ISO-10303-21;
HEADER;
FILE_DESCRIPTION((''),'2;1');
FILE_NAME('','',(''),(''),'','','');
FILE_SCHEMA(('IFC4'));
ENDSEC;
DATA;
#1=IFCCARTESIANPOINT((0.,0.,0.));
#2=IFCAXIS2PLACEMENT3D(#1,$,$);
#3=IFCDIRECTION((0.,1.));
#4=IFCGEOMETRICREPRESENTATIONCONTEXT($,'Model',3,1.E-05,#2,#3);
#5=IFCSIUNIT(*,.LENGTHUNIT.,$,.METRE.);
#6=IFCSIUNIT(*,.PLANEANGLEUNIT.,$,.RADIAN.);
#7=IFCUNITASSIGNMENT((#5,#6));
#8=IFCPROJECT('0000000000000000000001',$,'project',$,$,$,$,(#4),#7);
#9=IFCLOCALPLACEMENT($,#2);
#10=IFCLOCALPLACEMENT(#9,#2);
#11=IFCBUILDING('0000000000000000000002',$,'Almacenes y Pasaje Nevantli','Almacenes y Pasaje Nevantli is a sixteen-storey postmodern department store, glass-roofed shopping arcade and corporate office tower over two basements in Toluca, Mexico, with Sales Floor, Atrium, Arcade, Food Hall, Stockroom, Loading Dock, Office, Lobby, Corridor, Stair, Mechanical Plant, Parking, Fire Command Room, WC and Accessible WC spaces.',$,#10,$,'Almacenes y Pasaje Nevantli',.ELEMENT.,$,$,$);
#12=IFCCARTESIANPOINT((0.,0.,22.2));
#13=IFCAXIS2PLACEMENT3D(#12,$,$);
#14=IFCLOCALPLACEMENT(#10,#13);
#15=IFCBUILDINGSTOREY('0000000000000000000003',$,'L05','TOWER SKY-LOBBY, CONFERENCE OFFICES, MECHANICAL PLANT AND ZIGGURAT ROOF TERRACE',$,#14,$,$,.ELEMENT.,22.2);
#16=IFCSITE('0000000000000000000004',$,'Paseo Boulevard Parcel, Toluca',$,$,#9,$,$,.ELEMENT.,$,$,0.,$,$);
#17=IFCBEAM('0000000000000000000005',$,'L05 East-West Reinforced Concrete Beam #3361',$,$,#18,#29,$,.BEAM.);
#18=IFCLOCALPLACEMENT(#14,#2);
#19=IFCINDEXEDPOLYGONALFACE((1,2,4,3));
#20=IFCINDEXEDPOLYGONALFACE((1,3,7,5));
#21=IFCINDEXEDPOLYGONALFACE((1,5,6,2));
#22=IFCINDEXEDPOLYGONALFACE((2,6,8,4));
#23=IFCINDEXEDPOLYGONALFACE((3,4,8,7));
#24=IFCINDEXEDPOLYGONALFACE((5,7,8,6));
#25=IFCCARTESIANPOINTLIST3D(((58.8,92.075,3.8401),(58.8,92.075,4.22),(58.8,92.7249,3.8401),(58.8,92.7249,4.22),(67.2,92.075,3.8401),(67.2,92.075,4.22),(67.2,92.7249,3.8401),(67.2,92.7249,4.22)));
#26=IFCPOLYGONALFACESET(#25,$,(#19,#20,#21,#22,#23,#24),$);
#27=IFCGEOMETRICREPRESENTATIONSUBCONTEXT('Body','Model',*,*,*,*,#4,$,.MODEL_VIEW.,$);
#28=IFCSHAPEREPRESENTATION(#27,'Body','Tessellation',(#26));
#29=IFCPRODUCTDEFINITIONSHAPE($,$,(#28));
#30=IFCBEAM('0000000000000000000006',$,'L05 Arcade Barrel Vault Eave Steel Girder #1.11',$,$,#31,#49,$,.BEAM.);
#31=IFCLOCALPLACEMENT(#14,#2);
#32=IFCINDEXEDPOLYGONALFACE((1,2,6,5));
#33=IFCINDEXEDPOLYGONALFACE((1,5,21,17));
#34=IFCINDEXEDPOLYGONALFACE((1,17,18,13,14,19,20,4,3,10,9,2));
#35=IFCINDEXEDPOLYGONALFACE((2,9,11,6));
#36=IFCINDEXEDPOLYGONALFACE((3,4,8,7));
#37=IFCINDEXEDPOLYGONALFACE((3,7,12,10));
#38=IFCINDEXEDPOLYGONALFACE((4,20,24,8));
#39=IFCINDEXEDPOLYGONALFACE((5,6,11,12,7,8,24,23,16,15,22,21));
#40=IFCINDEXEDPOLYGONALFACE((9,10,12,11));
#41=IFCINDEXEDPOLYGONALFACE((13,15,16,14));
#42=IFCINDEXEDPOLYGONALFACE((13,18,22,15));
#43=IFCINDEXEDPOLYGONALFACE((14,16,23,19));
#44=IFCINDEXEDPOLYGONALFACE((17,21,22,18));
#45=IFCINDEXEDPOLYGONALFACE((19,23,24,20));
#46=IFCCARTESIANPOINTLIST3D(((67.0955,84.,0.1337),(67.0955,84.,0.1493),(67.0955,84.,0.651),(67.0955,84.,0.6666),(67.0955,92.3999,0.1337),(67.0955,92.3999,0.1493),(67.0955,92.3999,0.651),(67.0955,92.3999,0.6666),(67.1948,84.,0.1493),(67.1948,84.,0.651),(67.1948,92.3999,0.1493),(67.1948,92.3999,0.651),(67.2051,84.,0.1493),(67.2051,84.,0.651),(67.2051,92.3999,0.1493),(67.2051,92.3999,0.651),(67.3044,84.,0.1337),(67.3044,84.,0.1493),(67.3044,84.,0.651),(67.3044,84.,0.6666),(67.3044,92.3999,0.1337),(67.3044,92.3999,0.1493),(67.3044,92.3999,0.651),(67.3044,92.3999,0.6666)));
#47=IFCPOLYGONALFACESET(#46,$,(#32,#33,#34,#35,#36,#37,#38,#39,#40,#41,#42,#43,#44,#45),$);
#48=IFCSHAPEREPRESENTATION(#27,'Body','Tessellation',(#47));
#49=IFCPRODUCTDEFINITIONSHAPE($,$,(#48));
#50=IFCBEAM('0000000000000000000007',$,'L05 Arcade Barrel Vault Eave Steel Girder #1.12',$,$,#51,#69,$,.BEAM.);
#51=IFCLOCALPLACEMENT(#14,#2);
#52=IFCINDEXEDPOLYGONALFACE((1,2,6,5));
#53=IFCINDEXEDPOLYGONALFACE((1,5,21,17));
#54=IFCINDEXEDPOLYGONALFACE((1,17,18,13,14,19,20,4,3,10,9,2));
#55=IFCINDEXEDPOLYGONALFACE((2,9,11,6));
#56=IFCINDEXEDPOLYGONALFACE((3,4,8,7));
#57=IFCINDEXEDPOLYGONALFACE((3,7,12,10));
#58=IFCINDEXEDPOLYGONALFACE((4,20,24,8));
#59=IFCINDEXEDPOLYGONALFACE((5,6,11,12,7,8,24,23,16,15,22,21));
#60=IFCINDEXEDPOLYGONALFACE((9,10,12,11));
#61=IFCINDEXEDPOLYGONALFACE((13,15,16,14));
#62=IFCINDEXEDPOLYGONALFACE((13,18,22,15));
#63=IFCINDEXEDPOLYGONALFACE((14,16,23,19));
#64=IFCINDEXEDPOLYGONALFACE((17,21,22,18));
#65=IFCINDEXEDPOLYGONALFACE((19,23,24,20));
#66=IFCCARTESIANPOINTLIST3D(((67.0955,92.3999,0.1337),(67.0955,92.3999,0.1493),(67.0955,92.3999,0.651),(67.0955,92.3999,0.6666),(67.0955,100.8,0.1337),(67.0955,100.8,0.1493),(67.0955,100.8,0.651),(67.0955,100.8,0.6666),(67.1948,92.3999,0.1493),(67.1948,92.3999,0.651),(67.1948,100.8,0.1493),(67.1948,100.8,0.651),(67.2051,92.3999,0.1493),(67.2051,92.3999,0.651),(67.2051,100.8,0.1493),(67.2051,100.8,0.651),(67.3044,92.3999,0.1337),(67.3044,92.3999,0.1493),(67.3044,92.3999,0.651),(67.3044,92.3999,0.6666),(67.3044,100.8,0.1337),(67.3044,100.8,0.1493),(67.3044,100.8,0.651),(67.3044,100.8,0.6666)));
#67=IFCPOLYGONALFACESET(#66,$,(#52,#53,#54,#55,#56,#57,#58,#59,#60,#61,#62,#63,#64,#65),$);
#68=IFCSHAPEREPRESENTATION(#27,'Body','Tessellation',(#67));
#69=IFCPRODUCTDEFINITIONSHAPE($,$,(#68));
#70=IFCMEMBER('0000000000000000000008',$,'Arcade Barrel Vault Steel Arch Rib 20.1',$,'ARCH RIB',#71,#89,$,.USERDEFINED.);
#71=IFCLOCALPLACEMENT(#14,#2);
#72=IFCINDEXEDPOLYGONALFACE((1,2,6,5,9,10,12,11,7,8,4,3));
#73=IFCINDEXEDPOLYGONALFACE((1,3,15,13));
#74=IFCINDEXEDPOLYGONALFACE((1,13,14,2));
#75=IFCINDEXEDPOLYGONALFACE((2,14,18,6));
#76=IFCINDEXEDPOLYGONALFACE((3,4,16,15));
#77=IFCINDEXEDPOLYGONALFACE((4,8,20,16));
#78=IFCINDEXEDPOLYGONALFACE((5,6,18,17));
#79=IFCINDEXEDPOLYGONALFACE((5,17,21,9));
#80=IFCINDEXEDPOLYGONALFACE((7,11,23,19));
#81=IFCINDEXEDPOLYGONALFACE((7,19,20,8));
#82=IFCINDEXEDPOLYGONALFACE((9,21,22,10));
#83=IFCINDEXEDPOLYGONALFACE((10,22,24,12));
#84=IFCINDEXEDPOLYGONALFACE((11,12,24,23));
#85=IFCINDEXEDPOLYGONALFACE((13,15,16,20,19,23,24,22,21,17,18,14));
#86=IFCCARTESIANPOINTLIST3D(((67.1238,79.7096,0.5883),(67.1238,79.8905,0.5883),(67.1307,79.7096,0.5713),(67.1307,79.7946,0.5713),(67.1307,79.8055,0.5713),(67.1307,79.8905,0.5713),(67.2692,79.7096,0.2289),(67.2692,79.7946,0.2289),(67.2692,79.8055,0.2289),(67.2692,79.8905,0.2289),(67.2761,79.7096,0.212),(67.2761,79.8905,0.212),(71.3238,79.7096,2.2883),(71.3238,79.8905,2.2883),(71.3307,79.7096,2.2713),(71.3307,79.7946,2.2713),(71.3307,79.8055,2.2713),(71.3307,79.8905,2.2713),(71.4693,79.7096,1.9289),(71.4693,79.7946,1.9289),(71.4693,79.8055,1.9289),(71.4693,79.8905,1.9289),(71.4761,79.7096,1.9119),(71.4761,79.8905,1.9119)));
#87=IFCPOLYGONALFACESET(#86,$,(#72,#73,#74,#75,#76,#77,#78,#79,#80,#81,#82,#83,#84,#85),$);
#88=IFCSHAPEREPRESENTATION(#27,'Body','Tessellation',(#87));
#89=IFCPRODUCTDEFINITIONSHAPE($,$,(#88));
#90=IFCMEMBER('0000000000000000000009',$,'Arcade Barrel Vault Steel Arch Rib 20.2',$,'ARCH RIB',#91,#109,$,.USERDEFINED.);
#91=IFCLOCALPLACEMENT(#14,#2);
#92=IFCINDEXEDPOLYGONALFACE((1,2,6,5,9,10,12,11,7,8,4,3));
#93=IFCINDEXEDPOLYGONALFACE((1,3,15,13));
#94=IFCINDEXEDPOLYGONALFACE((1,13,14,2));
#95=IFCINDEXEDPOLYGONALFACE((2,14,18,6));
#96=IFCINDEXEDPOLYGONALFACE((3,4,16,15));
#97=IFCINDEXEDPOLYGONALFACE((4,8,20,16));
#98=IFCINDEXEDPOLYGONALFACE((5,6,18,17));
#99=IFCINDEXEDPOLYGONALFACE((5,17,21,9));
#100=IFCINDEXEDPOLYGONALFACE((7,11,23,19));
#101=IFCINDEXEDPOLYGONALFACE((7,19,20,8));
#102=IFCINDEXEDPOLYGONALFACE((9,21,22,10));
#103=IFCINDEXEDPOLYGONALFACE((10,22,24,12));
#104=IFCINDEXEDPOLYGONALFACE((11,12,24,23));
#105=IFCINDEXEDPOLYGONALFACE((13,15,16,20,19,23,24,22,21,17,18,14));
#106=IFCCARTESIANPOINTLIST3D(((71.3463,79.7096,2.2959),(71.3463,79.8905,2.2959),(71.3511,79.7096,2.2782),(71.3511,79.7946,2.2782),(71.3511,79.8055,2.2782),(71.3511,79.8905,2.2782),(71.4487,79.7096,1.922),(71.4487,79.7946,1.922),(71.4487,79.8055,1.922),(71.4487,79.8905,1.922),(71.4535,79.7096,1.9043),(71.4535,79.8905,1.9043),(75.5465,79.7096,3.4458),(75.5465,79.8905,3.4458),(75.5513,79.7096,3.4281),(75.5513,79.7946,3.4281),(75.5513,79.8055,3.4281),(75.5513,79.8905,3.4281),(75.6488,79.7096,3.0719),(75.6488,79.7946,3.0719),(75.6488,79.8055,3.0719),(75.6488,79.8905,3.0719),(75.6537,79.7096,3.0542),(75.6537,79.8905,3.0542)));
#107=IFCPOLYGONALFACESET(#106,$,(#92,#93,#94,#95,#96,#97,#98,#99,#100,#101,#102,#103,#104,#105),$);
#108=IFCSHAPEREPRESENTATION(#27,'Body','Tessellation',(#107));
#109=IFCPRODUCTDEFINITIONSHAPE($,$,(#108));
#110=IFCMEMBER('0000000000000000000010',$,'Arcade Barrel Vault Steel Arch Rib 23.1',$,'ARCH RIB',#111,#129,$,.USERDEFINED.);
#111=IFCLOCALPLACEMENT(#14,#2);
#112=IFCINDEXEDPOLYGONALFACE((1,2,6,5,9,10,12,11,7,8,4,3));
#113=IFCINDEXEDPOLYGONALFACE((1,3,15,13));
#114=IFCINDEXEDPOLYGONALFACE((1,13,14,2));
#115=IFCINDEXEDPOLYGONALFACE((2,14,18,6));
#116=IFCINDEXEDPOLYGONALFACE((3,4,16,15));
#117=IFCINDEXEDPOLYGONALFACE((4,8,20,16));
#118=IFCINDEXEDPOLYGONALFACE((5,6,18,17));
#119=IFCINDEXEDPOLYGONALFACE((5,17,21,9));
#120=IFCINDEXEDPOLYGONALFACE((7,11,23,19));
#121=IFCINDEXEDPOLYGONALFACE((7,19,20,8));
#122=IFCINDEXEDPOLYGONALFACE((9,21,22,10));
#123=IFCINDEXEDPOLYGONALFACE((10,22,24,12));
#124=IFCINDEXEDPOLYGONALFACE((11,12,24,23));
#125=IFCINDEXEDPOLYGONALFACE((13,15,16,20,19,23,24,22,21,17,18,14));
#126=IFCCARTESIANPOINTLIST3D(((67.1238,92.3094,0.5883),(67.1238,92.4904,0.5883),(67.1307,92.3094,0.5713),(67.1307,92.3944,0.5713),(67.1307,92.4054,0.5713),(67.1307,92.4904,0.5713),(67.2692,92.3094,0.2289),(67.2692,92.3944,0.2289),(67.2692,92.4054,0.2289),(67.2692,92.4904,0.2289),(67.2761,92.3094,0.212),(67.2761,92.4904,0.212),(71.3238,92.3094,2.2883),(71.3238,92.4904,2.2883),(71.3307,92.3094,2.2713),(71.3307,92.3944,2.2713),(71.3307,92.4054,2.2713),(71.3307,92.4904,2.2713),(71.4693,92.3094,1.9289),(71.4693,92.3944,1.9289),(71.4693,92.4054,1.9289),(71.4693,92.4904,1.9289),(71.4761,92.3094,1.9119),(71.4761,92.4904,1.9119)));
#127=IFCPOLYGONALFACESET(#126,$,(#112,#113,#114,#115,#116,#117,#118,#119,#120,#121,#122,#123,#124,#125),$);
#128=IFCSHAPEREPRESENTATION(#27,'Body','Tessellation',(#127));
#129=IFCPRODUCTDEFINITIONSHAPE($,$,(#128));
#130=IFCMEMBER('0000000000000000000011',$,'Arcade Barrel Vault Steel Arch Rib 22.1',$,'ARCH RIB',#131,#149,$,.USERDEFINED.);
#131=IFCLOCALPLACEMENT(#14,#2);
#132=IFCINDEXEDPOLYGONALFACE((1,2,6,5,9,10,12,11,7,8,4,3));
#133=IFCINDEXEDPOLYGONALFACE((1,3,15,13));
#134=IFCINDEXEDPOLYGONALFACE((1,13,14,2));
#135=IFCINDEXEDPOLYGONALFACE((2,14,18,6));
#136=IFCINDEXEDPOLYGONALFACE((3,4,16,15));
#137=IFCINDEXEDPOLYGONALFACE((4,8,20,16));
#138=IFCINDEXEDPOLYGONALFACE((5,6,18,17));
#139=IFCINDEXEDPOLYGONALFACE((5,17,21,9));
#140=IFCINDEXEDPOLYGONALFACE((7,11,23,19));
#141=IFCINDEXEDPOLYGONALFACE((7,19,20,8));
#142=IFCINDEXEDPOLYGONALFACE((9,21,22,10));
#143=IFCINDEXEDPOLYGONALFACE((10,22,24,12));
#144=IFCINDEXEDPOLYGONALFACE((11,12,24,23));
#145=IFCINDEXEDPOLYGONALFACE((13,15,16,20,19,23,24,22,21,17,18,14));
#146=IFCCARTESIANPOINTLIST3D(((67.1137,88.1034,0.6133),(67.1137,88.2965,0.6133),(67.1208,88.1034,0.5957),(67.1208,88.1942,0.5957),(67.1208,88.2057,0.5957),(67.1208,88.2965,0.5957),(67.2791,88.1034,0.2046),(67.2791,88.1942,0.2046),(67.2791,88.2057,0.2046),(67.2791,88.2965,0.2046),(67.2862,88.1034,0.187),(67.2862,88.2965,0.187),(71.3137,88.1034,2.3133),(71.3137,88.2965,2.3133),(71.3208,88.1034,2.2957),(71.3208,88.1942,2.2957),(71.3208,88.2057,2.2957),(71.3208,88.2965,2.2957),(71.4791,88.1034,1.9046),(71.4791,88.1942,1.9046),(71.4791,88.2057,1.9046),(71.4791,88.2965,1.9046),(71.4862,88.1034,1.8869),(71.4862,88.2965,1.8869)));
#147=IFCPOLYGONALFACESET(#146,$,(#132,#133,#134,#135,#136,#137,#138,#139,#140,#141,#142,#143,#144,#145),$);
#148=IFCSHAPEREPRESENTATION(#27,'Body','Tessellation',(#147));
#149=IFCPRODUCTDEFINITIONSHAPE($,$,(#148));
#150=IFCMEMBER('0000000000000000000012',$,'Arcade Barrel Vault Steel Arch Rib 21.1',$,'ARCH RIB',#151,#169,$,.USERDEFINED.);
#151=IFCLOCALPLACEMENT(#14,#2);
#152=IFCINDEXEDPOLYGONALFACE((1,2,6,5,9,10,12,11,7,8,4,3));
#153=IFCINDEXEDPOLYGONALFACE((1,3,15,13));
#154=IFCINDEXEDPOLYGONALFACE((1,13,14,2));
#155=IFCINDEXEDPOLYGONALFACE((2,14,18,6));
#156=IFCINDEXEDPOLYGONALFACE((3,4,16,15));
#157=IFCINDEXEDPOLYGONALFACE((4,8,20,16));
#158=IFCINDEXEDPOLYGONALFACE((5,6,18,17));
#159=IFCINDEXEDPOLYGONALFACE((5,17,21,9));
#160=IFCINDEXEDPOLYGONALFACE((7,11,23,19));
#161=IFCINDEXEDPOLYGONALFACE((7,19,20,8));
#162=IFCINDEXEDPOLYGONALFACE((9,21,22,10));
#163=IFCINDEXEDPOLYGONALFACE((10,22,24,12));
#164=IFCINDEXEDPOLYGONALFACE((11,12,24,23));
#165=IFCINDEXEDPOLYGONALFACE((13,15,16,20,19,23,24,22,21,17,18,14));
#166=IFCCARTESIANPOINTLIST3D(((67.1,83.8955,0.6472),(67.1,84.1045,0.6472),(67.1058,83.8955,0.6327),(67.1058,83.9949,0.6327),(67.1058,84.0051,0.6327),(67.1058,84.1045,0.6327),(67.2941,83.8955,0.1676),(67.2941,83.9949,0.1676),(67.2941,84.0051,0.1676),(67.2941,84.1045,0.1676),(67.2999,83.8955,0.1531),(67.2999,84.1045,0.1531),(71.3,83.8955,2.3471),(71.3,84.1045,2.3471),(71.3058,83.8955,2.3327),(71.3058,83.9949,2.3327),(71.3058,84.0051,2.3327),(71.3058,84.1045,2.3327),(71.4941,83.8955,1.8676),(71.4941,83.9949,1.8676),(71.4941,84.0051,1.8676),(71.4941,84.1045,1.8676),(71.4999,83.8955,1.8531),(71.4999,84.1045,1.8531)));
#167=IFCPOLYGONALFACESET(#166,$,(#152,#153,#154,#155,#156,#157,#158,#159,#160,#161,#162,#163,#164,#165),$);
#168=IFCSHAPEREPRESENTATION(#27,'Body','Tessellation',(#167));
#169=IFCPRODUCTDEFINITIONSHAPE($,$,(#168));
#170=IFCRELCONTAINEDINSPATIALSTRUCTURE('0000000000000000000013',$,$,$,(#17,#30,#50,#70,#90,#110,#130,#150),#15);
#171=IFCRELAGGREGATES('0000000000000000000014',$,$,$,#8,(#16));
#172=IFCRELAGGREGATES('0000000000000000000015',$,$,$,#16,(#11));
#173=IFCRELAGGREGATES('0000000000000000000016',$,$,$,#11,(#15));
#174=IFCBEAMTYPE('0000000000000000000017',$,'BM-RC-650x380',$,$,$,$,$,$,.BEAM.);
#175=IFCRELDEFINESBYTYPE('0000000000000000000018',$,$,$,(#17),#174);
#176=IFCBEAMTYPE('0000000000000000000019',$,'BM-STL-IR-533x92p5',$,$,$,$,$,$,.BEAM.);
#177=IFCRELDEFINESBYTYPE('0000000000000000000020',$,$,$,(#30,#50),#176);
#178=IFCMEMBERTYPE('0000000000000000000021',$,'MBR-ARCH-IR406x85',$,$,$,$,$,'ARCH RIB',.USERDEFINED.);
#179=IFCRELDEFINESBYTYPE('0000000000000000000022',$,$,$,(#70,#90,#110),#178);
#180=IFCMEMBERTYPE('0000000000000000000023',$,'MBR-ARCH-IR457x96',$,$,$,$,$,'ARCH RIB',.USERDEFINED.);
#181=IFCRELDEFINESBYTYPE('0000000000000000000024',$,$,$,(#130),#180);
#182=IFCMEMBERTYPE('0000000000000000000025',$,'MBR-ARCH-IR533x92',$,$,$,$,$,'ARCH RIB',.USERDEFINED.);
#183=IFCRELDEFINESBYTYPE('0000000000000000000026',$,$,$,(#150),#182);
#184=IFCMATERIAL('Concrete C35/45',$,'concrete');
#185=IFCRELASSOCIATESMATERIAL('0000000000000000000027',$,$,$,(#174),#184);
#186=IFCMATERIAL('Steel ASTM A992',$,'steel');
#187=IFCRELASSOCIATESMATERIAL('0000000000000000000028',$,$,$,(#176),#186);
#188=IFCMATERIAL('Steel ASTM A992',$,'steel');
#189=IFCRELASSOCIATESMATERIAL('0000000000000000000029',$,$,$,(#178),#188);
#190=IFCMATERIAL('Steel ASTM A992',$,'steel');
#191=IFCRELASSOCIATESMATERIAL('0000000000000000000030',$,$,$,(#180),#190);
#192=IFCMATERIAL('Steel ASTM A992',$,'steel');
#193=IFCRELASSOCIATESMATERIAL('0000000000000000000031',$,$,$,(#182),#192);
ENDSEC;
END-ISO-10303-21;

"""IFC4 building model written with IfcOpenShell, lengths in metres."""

from ifc_helpers import new_model, si_unit, direction, frame, origin, origin_2d, place, context, subcontext, project, spatial, rectangle, i_section, extrude, material, material_profile, profile_set, type_object, element, save


model = new_model("IFC4")

# Units and contexts
model_context = context("Model", 3, precision=1e-05, world=origin(), true_north=direction((0.0, 1.0)))
body_context = subcontext(model_context, "Body", "Model", "MODEL_VIEW")
ifc_project = project(units=[si_unit("LENGTHUNIT", "METRE"), si_unit("PLANEANGLEUNIT", "RADIAN")], contexts=[model_context])

# Site, building, storey
site_placement = place(None, origin())
site = spatial("IfcSite", under=ifc_project, at=site_placement, Name="Paseo Boulevard Parcel, Toluca", CompositionType="ELEMENT", RefElevation=0.0)
building_placement = place(site_placement, origin())
building = spatial("IfcBuilding", under=site, at=building_placement, Name="Almacenes y Pasaje Nevantli", Description="Almacenes y Pasaje Nevantli is a sixteen-storey postmodern department store, glass-roofed shopping arcade and corporate office tower over two basements in Toluca, Mexico, with Sales Floor, Atrium, Arcade, Food Hall, Stockroom, Loading Dock, Office, Lobby, Corridor, Stair, Mechanical Plant, Parking, Fire Command Room, WC and Accessible WC spaces.", LongName="Almacenes y Pasaje Nevantli", CompositionType="ELEMENT")
storey_placement = place(building_placement, frame((0.0, 0.0, 22.2)))
storey = spatial("IfcBuildingStorey", under=building, at=storey_placement, Name="L05", Description="TOWER SKY-LOBBY, CONFERENCE OFFICES, MECHANICAL PLANT AND ZIGGURAT ROOF TERRACE", CompositionType="ELEMENT", Elevation=22.2)

# Beams
ifc_material_1 = material(Name="Concrete C35/45", Category="concrete")
ifc_material_profile_1 = material_profile(ifc_material_1, rectangle(XDim=0.6499, YDim=0.3799, at=origin_2d()), Name="RC-BM-650x380")
ifc_profile_set_1 = profile_set([ifc_material_profile_1], Name="Concrete C35/45")
beam_type_1 = type_object("IfcBeamType", Name="BM-RC-650x380", PredefinedType="BEAM", material=ifc_profile_set_1)
beam_1_placement = place(storey_placement, frame((58.8, 92.3999, 4.03), z_axis=(1.0, 0.0, 0.0), x_axis=(0.0, 1.0, 0.0)))
element("IfcBeam", 1, at=beam_1_placement, inside=storey, type_object=beam_type_1, Name="L05 East-West Reinforced Concrete Beam #3361", PredefinedType="BEAM", context=body_context, shape_type="SweptSolid", body=[
    extrude(rectangle(XDim=0.6499, YDim=0.3799, at=origin_2d()), origin(), (0.0, 0.0, 1.0), 8.3999),
])
ifc_material_2 = material(Name="Steel ASTM A992", Category="steel")
ifc_material_profile_2 = material_profile(ifc_material_2, i_section(OverallWidth=0.209, OverallDepth=0.533, WebThickness=0.0103, FlangeThickness=0.0156, at=origin_2d()), Name="IR 533x92.5")
ifc_profile_set_2 = profile_set([ifc_material_profile_2], Name="Steel ASTM A992")
beam_type_2 = type_object("IfcBeamType", Name="BM-STL-IR-533x92p5", PredefinedType="BEAM", material=ifc_profile_set_2)
beam_2_placement = place(storey_placement, frame((67.2, 84.0, 0.4001), z_axis=(0.0, 1.0, 0.0), x_axis=(-1.0, 0.0, 0.0)))
element("IfcBeam", 2, at=beam_2_placement, inside=storey, type_object=beam_type_2, Name="L05 Arcade Barrel Vault Eave Steel Girder #1.11", PredefinedType="BEAM", context=body_context, shape_type="SweptSolid", body=[
    extrude(i_section(OverallWidth=0.209, OverallDepth=0.533, WebThickness=0.0103, FlangeThickness=0.0156, at=origin_2d()), origin(), (0.0, 0.0, 1.0), 8.3999),
])
beam_3_placement = place(storey_placement, frame((67.2, 92.3999, 0.4001), z_axis=(0.0, 1.0, 0.0), x_axis=(-1.0, 0.0, 0.0)))
element("IfcBeam", 3, at=beam_3_placement, inside=storey, type_object=beam_type_2, Name="L05 Arcade Barrel Vault Eave Steel Girder #1.12", PredefinedType="BEAM", context=body_context, shape_type="SweptSolid", body=[
    extrude(i_section(OverallWidth=0.209, OverallDepth=0.533, WebThickness=0.0103, FlangeThickness=0.0156, at=origin_2d()), origin(), (0.0, 0.0, 1.0), 8.4001),
])

# Members
ifc_material_3 = material(Name="Steel ASTM A992", Category="steel")
ifc_material_profile_3 = material_profile(ifc_material_3, i_section(OverallWidth=0.1809, OverallDepth=0.406, WebThickness=0.011, FlangeThickness=0.0183, at=origin_2d()), Name="IR 406x85.0")
ifc_profile_set_3 = profile_set([ifc_material_profile_3], Name="Steel ASTM A992")
member_type_1 = type_object("IfcMemberType", Name="MBR-ARCH-IR406x85", ElementType="ARCH RIB", PredefinedType="USERDEFINED", material=ifc_profile_set_3)
member_1_placement = place(storey_placement, frame((67.2, 79.8, 0.4001), z_axis=(0.926949, 0.0, 0.375187), x_axis=(0.0, 1.0, 0.0)))
element("IfcMember", 4, at=member_1_placement, inside=storey, type_object=member_type_1, Name="Arcade Barrel Vault Steel Arch Rib 20.1", ObjectType="ARCH RIB", PredefinedType="USERDEFINED", context=body_context, shape_type="SweptSolid", body=[
    extrude(i_section(OverallWidth=0.1809, OverallDepth=0.406, WebThickness=0.011, FlangeThickness=0.0183, at=origin_2d()), origin(), (0.0, 0.0, 1.0), 4.531),
])
member_2_placement = place(storey_placement, frame((71.3999, 79.8, 2.1001), z_axis=(0.964507, 0.0, 0.264057), x_axis=(0.0, 1.0, 0.0)))
element("IfcMember", 5, at=member_2_placement, inside=storey, type_object=member_type_1, Name="Arcade Barrel Vault Steel Arch Rib 20.2", ObjectType="ARCH RIB", PredefinedType="USERDEFINED", context=body_context, shape_type="SweptSolid", body=[
    extrude(i_section(OverallWidth=0.1809, OverallDepth=0.406, WebThickness=0.011, FlangeThickness=0.0183, at=origin_2d()), origin(), (0.0, 0.0, 1.0), 4.3547),
])
member_3_placement = place(storey_placement, frame((67.2, 92.3999, 0.4001), z_axis=(0.926949, 0.0, 0.375187), x_axis=(0.0, 1.0, 0.0)))
element("IfcMember", 6, at=member_3_placement, inside=storey, type_object=member_type_1, Name="Arcade Barrel Vault Steel Arch Rib 23.1", ObjectType="ARCH RIB", PredefinedType="USERDEFINED", context=body_context, shape_type="SweptSolid", body=[
    extrude(i_section(OverallWidth=0.1809, OverallDepth=0.406, WebThickness=0.011, FlangeThickness=0.0183, at=origin_2d()), origin(), (0.0, 0.0, 1.0), 4.531),
])
ifc_material_4 = material(Name="Steel ASTM A992", Category="steel")
ifc_material_profile_4 = material_profile(ifc_material_4, i_section(OverallWidth=0.1931, OverallDepth=0.46, WebThickness=0.0115, FlangeThickness=0.019, at=origin_2d()), Name="IR 457x96.7")
ifc_profile_set_4 = profile_set([ifc_material_profile_4], Name="Steel ASTM A992")
member_type_2 = type_object("IfcMemberType", Name="MBR-ARCH-IR457x96", ElementType="ARCH RIB", PredefinedType="USERDEFINED", material=ifc_profile_set_4)
member_4_placement = place(storey_placement, frame((67.2, 88.2, 0.4001), z_axis=(0.926949, 0.0, 0.375187), x_axis=(0.0, 1.0, 0.0)))
element("IfcMember", 7, at=member_4_placement, inside=storey, type_object=member_type_2, Name="Arcade Barrel Vault Steel Arch Rib 22.1", ObjectType="ARCH RIB", PredefinedType="USERDEFINED", context=body_context, shape_type="SweptSolid", body=[
    extrude(i_section(OverallWidth=0.1931, OverallDepth=0.46, WebThickness=0.0115, FlangeThickness=0.019, at=origin_2d()), origin(), (0.0, 0.0, 1.0), 4.531),
])
ifc_material_5 = material(Name="Steel ASTM A992", Category="steel")
ifc_material_profile_5 = material_profile(ifc_material_5, i_section(OverallWidth=0.209, OverallDepth=0.533, WebThickness=0.0103, FlangeThickness=0.0156, at=origin_2d()), Name="IR 533x92.5")
ifc_profile_set_5 = profile_set([ifc_material_profile_5], Name="Steel ASTM A992")
member_type_3 = type_object("IfcMemberType", Name="MBR-ARCH-IR533x92", ElementType="ARCH RIB", PredefinedType="USERDEFINED", material=ifc_profile_set_5)
for number, where, z_axis, x_axis, name in (
    (8, (67.2, 84.0, 0.4001), (0.926949, 0.0, 0.375187), (0.0, 1.0, 0.0), "Arcade Barrel Vault Steel Arch Rib 21.1"),
):
    element("IfcMember", number, at=place(storey_placement, frame(where, z_axis=z_axis, x_axis=x_axis)), inside=storey, type_object=member_type_3, Name=name, ObjectType="ARCH RIB", PredefinedType="USERDEFINED", context=body_context, shape_type="SweptSolid", body=[
        extrude(i_section(OverallWidth=0.209, OverallDepth=0.533, WebThickness=0.0103, FlangeThickness=0.0156, at=origin_2d()), origin(), (0.0, 0.0, 1.0), 4.531),
    ])

save(model, "model.ifc")
